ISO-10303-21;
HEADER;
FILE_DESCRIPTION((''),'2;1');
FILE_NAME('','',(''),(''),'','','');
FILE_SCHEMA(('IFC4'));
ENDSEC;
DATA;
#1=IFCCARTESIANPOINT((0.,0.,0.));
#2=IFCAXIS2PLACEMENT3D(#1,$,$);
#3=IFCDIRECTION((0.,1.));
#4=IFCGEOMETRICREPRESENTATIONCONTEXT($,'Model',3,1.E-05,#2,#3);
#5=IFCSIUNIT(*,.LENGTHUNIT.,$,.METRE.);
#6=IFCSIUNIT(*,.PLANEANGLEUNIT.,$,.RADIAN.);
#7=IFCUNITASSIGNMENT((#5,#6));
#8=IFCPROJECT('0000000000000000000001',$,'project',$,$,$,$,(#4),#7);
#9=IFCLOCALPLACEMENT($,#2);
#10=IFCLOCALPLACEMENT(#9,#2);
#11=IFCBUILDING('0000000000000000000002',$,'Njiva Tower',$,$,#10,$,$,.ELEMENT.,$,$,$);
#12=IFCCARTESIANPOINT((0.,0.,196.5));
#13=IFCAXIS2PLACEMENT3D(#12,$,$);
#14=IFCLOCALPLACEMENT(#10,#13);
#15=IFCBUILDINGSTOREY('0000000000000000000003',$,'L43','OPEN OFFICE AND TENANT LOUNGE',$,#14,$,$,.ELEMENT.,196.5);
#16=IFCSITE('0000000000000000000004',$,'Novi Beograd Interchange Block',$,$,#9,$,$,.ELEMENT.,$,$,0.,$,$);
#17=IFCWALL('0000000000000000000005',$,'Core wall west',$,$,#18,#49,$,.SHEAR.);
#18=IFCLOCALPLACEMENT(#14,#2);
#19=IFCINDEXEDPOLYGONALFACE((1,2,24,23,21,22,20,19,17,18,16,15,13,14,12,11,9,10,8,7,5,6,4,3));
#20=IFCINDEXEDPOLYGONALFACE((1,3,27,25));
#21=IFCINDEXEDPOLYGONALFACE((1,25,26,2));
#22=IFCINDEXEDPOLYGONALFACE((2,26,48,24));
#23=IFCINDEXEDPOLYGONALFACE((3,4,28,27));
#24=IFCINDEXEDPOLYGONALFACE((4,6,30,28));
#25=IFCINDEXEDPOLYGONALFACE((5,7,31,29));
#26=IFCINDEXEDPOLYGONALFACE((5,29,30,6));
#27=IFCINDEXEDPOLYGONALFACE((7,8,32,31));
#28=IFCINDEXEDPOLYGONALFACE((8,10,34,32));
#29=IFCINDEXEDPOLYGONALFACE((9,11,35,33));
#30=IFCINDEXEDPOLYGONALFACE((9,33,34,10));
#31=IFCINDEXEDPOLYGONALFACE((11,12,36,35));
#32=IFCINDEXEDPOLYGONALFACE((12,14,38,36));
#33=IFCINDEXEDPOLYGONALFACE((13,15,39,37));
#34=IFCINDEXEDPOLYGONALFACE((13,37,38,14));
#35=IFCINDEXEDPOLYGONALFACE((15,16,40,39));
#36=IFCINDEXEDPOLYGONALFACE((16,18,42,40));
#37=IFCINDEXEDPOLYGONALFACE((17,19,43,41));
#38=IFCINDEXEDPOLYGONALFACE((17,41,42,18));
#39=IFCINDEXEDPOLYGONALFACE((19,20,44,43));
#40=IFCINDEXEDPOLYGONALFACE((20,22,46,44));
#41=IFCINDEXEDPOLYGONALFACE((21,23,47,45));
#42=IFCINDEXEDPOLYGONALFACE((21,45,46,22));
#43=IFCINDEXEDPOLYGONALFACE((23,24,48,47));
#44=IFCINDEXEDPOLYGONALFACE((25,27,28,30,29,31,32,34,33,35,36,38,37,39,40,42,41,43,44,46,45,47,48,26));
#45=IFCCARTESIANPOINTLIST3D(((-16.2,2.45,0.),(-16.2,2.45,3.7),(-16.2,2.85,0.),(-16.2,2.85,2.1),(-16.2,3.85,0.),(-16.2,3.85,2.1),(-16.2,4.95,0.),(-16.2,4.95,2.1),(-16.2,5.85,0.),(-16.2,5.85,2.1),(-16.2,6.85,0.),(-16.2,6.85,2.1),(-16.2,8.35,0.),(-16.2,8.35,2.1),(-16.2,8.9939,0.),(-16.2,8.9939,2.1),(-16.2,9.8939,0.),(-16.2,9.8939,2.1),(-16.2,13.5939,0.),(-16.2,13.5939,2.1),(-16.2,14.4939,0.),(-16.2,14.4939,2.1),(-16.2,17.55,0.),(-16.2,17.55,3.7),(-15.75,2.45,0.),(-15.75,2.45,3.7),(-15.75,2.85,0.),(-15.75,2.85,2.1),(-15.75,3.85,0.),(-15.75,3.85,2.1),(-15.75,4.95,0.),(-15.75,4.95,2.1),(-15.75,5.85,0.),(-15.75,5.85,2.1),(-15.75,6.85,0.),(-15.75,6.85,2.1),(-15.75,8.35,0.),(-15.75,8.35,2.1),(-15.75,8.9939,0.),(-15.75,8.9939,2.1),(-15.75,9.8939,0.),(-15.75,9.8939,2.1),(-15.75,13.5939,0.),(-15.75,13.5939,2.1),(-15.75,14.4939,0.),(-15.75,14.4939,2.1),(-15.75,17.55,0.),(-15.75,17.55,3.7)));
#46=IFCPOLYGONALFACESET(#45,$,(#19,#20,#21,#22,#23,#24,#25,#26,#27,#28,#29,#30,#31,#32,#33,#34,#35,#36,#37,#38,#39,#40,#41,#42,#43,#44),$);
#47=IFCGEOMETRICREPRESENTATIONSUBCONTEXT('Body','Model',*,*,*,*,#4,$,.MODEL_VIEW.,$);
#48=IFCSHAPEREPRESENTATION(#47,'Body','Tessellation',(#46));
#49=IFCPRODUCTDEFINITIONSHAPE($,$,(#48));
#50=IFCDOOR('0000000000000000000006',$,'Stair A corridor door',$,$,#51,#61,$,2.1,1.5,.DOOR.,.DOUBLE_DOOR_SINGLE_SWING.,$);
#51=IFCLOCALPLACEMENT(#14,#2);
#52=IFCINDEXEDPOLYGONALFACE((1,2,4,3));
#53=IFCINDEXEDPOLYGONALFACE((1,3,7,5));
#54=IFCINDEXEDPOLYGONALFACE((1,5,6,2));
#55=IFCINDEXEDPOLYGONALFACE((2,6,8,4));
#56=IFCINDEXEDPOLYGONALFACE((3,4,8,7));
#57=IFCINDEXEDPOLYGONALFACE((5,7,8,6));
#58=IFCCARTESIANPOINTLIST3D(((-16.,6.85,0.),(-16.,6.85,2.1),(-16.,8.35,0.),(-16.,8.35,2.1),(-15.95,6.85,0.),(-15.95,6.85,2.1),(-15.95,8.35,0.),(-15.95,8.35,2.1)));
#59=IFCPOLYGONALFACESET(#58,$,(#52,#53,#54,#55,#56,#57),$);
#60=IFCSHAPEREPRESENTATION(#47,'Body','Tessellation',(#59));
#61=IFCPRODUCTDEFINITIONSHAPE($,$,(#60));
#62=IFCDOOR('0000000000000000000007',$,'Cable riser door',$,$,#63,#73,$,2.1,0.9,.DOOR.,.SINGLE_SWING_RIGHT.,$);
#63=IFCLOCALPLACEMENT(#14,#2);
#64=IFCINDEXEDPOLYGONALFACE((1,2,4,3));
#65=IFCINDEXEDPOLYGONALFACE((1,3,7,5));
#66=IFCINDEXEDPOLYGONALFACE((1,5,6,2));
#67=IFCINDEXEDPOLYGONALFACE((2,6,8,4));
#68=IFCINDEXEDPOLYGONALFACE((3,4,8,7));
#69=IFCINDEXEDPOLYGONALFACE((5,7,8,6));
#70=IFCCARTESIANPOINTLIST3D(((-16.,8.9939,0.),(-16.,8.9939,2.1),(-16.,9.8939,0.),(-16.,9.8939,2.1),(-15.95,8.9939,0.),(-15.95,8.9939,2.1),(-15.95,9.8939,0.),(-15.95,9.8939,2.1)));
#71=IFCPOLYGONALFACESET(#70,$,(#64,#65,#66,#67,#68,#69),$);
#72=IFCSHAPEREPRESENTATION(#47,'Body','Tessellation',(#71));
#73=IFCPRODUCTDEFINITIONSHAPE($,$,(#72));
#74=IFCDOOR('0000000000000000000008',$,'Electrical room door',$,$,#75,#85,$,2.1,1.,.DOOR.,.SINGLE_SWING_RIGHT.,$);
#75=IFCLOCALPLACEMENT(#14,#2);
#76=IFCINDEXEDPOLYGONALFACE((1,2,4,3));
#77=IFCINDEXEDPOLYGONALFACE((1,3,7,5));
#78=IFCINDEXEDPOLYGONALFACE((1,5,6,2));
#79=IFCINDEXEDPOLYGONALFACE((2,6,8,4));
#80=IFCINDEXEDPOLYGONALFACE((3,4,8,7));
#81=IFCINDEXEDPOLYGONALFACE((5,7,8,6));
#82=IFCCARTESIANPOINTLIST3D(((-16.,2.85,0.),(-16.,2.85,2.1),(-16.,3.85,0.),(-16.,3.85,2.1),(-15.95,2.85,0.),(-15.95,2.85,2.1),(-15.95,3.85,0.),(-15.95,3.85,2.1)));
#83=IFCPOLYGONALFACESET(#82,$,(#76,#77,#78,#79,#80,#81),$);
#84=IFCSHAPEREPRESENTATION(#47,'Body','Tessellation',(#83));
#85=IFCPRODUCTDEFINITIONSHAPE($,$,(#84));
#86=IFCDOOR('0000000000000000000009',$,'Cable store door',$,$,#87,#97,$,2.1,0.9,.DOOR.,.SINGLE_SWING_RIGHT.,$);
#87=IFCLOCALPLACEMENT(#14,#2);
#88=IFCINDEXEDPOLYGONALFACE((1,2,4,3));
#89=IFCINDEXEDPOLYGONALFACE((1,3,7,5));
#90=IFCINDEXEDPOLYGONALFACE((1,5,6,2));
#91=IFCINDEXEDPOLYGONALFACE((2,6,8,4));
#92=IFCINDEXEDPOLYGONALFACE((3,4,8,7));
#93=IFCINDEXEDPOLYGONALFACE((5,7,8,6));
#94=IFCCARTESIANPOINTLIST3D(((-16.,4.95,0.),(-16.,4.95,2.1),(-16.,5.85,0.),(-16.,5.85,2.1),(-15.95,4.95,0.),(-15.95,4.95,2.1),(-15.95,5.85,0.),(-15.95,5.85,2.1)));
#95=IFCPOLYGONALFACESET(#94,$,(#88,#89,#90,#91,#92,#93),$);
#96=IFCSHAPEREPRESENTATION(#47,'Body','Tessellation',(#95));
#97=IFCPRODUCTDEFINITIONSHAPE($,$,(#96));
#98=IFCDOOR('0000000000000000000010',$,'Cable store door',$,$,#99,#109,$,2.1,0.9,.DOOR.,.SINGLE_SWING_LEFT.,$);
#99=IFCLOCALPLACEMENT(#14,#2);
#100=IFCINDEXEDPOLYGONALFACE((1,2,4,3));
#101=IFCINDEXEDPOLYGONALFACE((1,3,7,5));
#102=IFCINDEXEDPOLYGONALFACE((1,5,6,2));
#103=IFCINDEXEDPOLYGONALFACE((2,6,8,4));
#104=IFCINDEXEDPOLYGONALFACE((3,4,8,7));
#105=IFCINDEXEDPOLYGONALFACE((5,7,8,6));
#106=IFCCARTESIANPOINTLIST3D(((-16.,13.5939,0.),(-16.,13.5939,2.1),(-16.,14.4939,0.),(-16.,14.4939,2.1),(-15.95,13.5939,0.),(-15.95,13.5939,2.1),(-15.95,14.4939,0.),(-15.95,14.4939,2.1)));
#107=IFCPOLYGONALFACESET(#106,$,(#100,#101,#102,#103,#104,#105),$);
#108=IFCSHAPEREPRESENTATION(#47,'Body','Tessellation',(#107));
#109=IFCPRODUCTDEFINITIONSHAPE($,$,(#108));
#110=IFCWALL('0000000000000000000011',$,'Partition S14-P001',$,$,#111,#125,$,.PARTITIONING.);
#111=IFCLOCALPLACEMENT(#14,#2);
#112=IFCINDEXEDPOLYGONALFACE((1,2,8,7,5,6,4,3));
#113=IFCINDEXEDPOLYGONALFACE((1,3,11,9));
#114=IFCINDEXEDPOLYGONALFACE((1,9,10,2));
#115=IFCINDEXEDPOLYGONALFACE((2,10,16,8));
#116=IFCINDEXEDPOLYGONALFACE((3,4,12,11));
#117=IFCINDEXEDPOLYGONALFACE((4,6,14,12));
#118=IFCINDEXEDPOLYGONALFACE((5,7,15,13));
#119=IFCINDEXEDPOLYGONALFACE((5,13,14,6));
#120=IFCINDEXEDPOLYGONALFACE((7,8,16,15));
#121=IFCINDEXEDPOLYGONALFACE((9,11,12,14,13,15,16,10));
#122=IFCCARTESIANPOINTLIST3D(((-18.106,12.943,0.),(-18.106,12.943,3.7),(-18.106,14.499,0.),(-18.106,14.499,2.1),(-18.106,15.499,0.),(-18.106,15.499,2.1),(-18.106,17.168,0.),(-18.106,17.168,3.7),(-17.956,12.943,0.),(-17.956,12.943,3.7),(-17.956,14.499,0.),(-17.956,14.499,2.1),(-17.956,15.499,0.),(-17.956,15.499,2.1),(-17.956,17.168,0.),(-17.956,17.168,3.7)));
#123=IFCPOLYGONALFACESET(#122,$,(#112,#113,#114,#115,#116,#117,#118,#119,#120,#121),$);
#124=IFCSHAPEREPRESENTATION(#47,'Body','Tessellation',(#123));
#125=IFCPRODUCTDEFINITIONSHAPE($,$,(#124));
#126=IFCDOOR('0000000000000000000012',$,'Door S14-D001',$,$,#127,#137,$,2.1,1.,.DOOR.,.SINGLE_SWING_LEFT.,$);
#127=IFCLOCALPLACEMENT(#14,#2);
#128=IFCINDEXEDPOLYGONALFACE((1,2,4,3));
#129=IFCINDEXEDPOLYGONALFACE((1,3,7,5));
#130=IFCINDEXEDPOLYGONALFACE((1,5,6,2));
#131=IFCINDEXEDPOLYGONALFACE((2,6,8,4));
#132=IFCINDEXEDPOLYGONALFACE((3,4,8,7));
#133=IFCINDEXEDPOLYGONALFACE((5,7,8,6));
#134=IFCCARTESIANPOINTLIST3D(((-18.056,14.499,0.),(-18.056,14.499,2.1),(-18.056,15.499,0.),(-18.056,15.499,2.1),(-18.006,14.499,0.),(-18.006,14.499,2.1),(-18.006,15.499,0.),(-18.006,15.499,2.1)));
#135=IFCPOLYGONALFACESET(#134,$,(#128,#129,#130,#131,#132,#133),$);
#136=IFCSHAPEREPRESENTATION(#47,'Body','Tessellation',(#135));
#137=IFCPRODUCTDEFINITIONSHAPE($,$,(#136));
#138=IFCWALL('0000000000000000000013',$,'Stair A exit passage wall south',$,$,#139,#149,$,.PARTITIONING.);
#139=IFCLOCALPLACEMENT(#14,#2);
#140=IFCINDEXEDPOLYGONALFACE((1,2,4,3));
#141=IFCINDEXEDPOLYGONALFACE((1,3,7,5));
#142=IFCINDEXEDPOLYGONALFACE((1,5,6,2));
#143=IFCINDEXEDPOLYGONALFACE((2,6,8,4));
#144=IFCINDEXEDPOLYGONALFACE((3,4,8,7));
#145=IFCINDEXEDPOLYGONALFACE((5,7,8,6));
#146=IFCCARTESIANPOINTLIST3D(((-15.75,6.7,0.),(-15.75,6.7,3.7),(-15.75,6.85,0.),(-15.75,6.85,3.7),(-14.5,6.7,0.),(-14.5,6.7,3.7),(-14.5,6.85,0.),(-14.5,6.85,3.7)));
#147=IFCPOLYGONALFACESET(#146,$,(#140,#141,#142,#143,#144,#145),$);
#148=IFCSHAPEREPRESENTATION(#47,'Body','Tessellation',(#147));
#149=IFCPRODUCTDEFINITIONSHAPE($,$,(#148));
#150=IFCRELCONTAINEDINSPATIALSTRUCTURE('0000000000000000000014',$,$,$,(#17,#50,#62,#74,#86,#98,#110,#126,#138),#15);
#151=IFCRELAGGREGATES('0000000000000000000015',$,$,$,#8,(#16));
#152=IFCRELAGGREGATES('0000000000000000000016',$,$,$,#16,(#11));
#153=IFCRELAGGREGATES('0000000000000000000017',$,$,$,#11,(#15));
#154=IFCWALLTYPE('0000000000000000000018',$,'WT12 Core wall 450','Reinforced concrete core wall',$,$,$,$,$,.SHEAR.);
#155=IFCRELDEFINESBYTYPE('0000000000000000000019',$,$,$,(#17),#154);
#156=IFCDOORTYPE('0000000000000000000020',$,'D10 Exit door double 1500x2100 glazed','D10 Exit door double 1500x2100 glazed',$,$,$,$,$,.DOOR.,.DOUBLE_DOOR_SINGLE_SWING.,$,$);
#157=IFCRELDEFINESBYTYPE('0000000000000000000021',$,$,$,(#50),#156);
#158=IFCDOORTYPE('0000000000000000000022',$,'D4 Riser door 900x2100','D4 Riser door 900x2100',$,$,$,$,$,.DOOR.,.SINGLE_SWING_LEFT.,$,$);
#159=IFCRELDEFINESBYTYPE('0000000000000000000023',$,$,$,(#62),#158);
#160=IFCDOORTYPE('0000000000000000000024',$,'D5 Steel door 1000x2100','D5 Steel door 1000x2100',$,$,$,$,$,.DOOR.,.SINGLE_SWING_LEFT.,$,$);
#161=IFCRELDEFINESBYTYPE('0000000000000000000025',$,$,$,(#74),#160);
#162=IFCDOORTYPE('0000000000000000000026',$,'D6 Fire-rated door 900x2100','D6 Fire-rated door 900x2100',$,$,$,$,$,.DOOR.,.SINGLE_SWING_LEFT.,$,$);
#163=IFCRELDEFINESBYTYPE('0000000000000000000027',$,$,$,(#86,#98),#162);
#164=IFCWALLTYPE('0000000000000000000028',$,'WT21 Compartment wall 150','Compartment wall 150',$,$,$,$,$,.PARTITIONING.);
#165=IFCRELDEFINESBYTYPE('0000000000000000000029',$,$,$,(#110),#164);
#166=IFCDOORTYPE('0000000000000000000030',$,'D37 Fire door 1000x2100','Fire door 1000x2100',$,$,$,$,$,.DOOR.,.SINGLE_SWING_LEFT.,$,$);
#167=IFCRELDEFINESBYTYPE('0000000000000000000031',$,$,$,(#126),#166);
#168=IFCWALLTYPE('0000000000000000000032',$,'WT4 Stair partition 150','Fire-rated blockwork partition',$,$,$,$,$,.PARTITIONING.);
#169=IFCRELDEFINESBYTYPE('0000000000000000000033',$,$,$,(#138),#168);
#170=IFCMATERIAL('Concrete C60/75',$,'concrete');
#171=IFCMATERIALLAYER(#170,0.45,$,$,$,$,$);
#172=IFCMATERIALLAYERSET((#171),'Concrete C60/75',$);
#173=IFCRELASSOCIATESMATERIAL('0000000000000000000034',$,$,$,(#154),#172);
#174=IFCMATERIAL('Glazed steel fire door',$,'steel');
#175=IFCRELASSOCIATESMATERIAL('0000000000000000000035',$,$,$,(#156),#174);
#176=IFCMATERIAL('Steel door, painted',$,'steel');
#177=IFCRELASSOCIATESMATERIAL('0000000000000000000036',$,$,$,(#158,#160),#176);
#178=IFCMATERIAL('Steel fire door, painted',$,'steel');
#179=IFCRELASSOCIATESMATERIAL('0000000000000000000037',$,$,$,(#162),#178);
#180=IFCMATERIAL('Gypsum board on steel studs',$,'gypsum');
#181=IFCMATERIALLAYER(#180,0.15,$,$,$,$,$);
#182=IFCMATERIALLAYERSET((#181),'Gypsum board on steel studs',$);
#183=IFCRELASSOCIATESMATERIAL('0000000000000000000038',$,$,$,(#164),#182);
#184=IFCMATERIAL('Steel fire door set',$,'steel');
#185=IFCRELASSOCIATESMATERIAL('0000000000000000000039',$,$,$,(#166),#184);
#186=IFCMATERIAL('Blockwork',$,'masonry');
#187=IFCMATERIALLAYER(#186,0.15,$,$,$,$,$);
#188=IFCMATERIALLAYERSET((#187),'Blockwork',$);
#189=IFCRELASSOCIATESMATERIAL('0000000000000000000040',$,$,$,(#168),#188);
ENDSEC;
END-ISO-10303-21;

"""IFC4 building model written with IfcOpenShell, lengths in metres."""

from ifc_helpers import new_model, si_unit, direction, frame, frame_2d, origin, place, context, subcontext, project, spatial, rectangle, extrude, material, layer, layer_set, type_object, element, fill, save


model = new_model("IFC4")

# Units and contexts
model_context = context("Model", 3, precision=1e-05, world=origin(), true_north=direction((0.0, 1.0)))
body_context = subcontext(model_context, "Body", "Model", "MODEL_VIEW")
ifc_project = project(units=[si_unit("LENGTHUNIT", "METRE"), si_unit("PLANEANGLEUNIT", "RADIAN")], contexts=[model_context])

# Site, building, storey
site_placement = place(None, origin())
site = spatial("IfcSite", under=ifc_project, at=site_placement, Name="Novi Beograd Interchange Block", CompositionType="ELEMENT", RefElevation=0.0)
building_placement = place(site_placement, origin())
building = spatial("IfcBuilding", under=site, at=building_placement, Name="Njiva Tower", CompositionType="ELEMENT")
storey_placement = place(building_placement, frame((0.0, 0.0, 196.5)))
storey = spatial("IfcBuildingStorey", under=building, at=storey_placement, Name="L43", Description="OPEN OFFICE AND TENANT LOUNGE", CompositionType="ELEMENT", Elevation=196.5)

# Shared definitions
ifc_material_1 = material(Name="Blockwork", Category="masonry")

# Wall, openings, doors
ifc_material_2 = material(Name="Concrete C60/75", Category="concrete")
ifc_layer_1 = layer(ifc_material_2, 0.45)
ifc_layer_set_1 = layer_set([ifc_layer_1], Name="Concrete C60/75")
wall_type_1 = type_object("IfcWallType", Name="WT12 Core wall 450", Description="Reinforced concrete core wall", PredefinedType="SHEAR", material=ifc_layer_set_1)
wall_1_placement = place(storey_placement, frame((-15.975, 2.45, 0.0), z_axis=(0.0, 0.0, 1.0), x_axis=(0.0, 1.0, 0.0)))
wall_1 = element("IfcWall", 1, at=wall_1_placement, inside=storey, type_object=wall_type_1, Name="Core wall west", PredefinedType="SHEAR", context=body_context, shape_type="SweptSolid", body=[
    extrude(rectangle(XDim=15.1, YDim=0.45, at=frame_2d((7.55, 0.0))), origin(), (0.0, 0.0, 1.0), 3.7),
])
opening_1_placement = place(wall_1_placement, frame((4.4, 0.0, 0.0)))
opening_1 = element("IfcOpeningElement", 2, at=opening_1_placement, cuts=wall_1, PredefinedType="OPENING", context=body_context, shape_type="SweptSolid", body=[
    extrude(rectangle(XDim=1.5, YDim=2.1, at=frame_2d((0.75, 1.05))), frame((0.0, 0.235, 0.0), z_axis=(0.0, -1.0, 0.0), x_axis=(1.0, 0.0, 0.0)), (0.0, 0.0, 1.0), 0.47),
])
opening_2_placement = place(wall_1_placement, frame((0.4, 0.0, 0.0)))
opening_2 = element("IfcOpeningElement", 3, at=opening_2_placement, cuts=wall_1, PredefinedType="OPENING", context=body_context, shape_type="SweptSolid", body=[
    extrude(rectangle(XDim=1.0, YDim=2.1, at=frame_2d((0.5, 1.05))), frame((0.0, 0.235, 0.0), z_axis=(0.0, -1.0, 0.0), x_axis=(1.0, 0.0, 0.0)), (0.0, 0.0, 1.0), 0.47),
])
opening_3_placement = place(wall_1_placement, frame((2.5, 0.0, 0.0)))
opening_3 = element("IfcOpeningElement", 4, at=opening_3_placement, cuts=wall_1, PredefinedType="OPENING", context=body_context, shape_type="SweptSolid", body=[
    extrude(rectangle(XDim=0.9, YDim=2.1, at=frame_2d((0.45, 1.05))), frame((0.0, 0.235, 0.0), z_axis=(0.0, -1.0, 0.0), x_axis=(1.0, 0.0, 0.0)), (0.0, 0.0, 1.0), 0.47),
])
opening_4_placement = place(wall_1_placement, frame((6.5439, 0.0, 0.0)))
opening_4 = element("IfcOpeningElement", 5, at=opening_4_placement, cuts=wall_1, PredefinedType="OPENING", context=body_context, shape_type="SweptSolid", body=[
    extrude(rectangle(XDim=0.9, YDim=2.1, at=frame_2d((0.45, 1.05))), frame((0.0, 0.235, 0.0), z_axis=(0.0, -1.0, 0.0), x_axis=(1.0, 0.0, 0.0)), (0.0, 0.0, 1.0), 0.47),
])
opening_5_placement = place(wall_1_placement, frame((11.1439, 0.0, 0.0)))
opening_5 = element("IfcOpeningElement", 6, at=opening_5_placement, cuts=wall_1, PredefinedType="OPENING", context=body_context, shape_type="SweptSolid", body=[
    extrude(rectangle(XDim=0.9, YDim=2.1, at=frame_2d((0.45, 1.05))), frame((0.0, 0.235, 0.0), z_axis=(0.0, -1.0, 0.0), x_axis=(1.0, 0.0, 0.0)), (0.0, 0.0, 1.0), 0.47),
])
ifc_material_3 = material(Name="Glazed steel fire door", Category="steel")
door_type_1 = type_object("IfcDoorType", Name="D10 Exit door double 1500x2100 glazed", Description="D10 Exit door double 1500x2100 glazed", OperationType="DOUBLE_DOOR_SINGLE_SWING", PredefinedType="DOOR", material=ifc_material_3)
door_1_placement = place(opening_1_placement, origin())
door_1 = element("IfcDoor", 7, at=door_1_placement, inside=storey, type_object=door_type_1, Name="Stair A corridor door", OperationType="DOUBLE_DOOR_SINGLE_SWING", OverallHeight=2.1, OverallWidth=1.5, PredefinedType="DOOR", context=body_context, shape_type="SweptSolid", body=[
    extrude(rectangle(XDim=1.5, YDim=2.1, at=frame_2d((0.75, 1.05))), frame((0.0, 0.025, 0.0), z_axis=(0.0, -1.0, 0.0), x_axis=(1.0, 0.0, 0.0)), (0.0, 0.0, 1.0), 0.05),
])
fill(opening_1, door_1)
ifc_material_4 = material(Name="Steel door, painted", Category="steel")
door_type_2 = type_object("IfcDoorType", Name="D4 Riser door 900x2100", Description="D4 Riser door 900x2100", OperationType="SINGLE_SWING_LEFT", PredefinedType="DOOR", material=ifc_material_4)
door_2_placement = place(opening_4_placement, origin())
door_2 = element("IfcDoor", 8, at=door_2_placement, inside=storey, type_object=door_type_2, Name="Cable riser door", OperationType="SINGLE_SWING_RIGHT", OverallHeight=2.1, OverallWidth=0.9, PredefinedType="DOOR", context=body_context, shape_type="SweptSolid", body=[
    extrude(rectangle(XDim=0.9, YDim=2.1, at=frame_2d((0.45, 1.05))), frame((0.0, 0.025, 0.0), z_axis=(0.0, -1.0, 0.0), x_axis=(1.0, 0.0, 0.0)), (0.0, 0.0, 1.0), 0.05),
])
fill(opening_4, door_2)
door_type_3 = type_object("IfcDoorType", Name="D5 Steel door 1000x2100", Description="D5 Steel door 1000x2100", OperationType="SINGLE_SWING_LEFT", PredefinedType="DOOR", material=ifc_material_4)
door_3_placement = place(opening_2_placement, origin())
door_3 = element("IfcDoor", 9, at=door_3_placement, inside=storey, type_object=door_type_3, Name="Electrical room door", OperationType="SINGLE_SWING_RIGHT", OverallHeight=2.1, OverallWidth=1.0, PredefinedType="DOOR", context=body_context, shape_type="SweptSolid", body=[
    extrude(rectangle(XDim=1.0, YDim=2.1, at=frame_2d((0.5, 1.05))), frame((0.0, 0.025, 0.0), z_axis=(0.0, -1.0, 0.0), x_axis=(1.0, 0.0, 0.0)), (0.0, 0.0, 1.0), 0.05),
])
fill(opening_2, door_3)
ifc_material_5 = material(Name="Steel fire door, painted", Category="steel")
door_type_4 = type_object("IfcDoorType", Name="D6 Fire-rated door 900x2100", Description="D6 Fire-rated door 900x2100", OperationType="SINGLE_SWING_LEFT", PredefinedType="DOOR", material=ifc_material_5)
door_4_placement = place(opening_3_placement, origin())
door_4 = element("IfcDoor", 10, at=door_4_placement, inside=storey, type_object=door_type_4, Name="Cable store door", OperationType="SINGLE_SWING_RIGHT", OverallHeight=2.1, OverallWidth=0.9, PredefinedType="DOOR", context=body_context, shape_type="SweptSolid", body=[
    extrude(rectangle(XDim=0.9, YDim=2.1, at=frame_2d((0.45, 1.05))), frame((0.0, 0.025, 0.0), z_axis=(0.0, -1.0, 0.0), x_axis=(1.0, 0.0, 0.0)), (0.0, 0.0, 1.0), 0.05),
])
fill(opening_3, door_4)
door_5_placement = place(opening_5_placement, origin())
door_5 = element("IfcDoor", 11, at=door_5_placement, inside=storey, type_object=door_type_4, Name="Cable store door", OperationType="SINGLE_SWING_LEFT", OverallHeight=2.1, OverallWidth=0.9, PredefinedType="DOOR", context=body_context, shape_type="SweptSolid", body=[
    extrude(rectangle(XDim=0.9, YDim=2.1, at=frame_2d((0.45, 1.05))), frame((0.0, 0.025, 0.0), z_axis=(0.0, -1.0, 0.0), x_axis=(1.0, 0.0, 0.0)), (0.0, 0.0, 1.0), 0.05),
])
fill(opening_5, door_5)

# Wall, opening, door
ifc_material_6 = material(Name="Gypsum board on steel studs", Category="gypsum")
ifc_layer_2 = layer(ifc_material_6, 0.15)
ifc_layer_set_2 = layer_set([ifc_layer_2], Name="Gypsum board on steel studs")
wall_type_2 = type_object("IfcWallType", Name="WT21 Compartment wall 150", Description="Compartment wall 150", PredefinedType="PARTITIONING", material=ifc_layer_set_2)
wall_2_placement = place(storey_placement, frame((-18.031, 12.943, 0.0), z_axis=(0.0, 0.0, 1.0), x_axis=(0.0, 1.0, 0.0)))
wall_2 = element("IfcWall", 12, at=wall_2_placement, inside=storey, type_object=wall_type_2, Name="Partition S14-P001", PredefinedType="PARTITIONING", context=body_context, shape_type="SweptSolid", body=[
    extrude(rectangle(XDim=4.225, YDim=0.15, at=frame_2d((2.1125, 0.0))), origin(), (0.0, 0.0, 1.0), 3.7),
])
opening_6_placement = place(wall_2_placement, frame((1.556, 0.0, 0.0)))
opening_6 = element("IfcOpeningElement", 13, at=opening_6_placement, cuts=wall_2, PredefinedType="OPENING", context=body_context, shape_type="SweptSolid", body=[
    extrude(rectangle(XDim=1.0, YDim=2.1, at=frame_2d((0.5, 1.05))), frame((0.0, 0.085, 0.0), z_axis=(0.0, -1.0, 0.0), x_axis=(1.0, 0.0, 0.0)), (0.0, 0.0, 1.0), 0.17),
])
ifc_material_7 = material(Name="Steel fire door set", Category="steel")
door_type_5 = type_object("IfcDoorType", Name="D37 Fire door 1000x2100", Description="Fire door 1000x2100", OperationType="SINGLE_SWING_LEFT", PredefinedType="DOOR", material=ifc_material_7)
door_6_placement = place(opening_6_placement, origin())
door_6 = element("IfcDoor", 14, at=door_6_placement, inside=storey, type_object=door_type_5, Name="Door S14-D001", OperationType="SINGLE_SWING_LEFT", OverallHeight=2.1, OverallWidth=1.0, PredefinedType="DOOR", context=body_context, shape_type="SweptSolid", body=[
    extrude(rectangle(XDim=1.0, YDim=2.1, at=frame_2d((0.5, 1.05))), frame((0.0, 0.025, 0.0), z_axis=(0.0, -1.0, 0.0), x_axis=(1.0, 0.0, 0.0)), (0.0, 0.0, 1.0), 0.05),
])
fill(opening_6, door_6)

# Wall
ifc_layer_3 = layer(ifc_material_1, 0.15)
ifc_layer_set_3 = layer_set([ifc_layer_3], Name="Blockwork")
wall_type_3 = type_object("IfcWallType", Name="WT4 Stair partition 150", Description="Fire-rated blockwork partition", PredefinedType="PARTITIONING", material=ifc_layer_set_3)
wall_3_placement = place(storey_placement, frame((-15.75, 6.775, 0.0), z_axis=(0.0, 0.0, 1.0), x_axis=(1.0, 0.0, 0.0)))
element("IfcWall", 15, at=wall_3_placement, inside=storey, type_object=wall_type_3, Name="Stair A exit passage wall south", PredefinedType="PARTITIONING", context=body_context, shape_type="SweptSolid", body=[
    extrude(rectangle(XDim=1.25, YDim=0.15, at=frame_2d((0.625, 0.0))), origin(), (0.0, 0.0, 1.0), 3.7),
])

save(model, "model.ifc")
